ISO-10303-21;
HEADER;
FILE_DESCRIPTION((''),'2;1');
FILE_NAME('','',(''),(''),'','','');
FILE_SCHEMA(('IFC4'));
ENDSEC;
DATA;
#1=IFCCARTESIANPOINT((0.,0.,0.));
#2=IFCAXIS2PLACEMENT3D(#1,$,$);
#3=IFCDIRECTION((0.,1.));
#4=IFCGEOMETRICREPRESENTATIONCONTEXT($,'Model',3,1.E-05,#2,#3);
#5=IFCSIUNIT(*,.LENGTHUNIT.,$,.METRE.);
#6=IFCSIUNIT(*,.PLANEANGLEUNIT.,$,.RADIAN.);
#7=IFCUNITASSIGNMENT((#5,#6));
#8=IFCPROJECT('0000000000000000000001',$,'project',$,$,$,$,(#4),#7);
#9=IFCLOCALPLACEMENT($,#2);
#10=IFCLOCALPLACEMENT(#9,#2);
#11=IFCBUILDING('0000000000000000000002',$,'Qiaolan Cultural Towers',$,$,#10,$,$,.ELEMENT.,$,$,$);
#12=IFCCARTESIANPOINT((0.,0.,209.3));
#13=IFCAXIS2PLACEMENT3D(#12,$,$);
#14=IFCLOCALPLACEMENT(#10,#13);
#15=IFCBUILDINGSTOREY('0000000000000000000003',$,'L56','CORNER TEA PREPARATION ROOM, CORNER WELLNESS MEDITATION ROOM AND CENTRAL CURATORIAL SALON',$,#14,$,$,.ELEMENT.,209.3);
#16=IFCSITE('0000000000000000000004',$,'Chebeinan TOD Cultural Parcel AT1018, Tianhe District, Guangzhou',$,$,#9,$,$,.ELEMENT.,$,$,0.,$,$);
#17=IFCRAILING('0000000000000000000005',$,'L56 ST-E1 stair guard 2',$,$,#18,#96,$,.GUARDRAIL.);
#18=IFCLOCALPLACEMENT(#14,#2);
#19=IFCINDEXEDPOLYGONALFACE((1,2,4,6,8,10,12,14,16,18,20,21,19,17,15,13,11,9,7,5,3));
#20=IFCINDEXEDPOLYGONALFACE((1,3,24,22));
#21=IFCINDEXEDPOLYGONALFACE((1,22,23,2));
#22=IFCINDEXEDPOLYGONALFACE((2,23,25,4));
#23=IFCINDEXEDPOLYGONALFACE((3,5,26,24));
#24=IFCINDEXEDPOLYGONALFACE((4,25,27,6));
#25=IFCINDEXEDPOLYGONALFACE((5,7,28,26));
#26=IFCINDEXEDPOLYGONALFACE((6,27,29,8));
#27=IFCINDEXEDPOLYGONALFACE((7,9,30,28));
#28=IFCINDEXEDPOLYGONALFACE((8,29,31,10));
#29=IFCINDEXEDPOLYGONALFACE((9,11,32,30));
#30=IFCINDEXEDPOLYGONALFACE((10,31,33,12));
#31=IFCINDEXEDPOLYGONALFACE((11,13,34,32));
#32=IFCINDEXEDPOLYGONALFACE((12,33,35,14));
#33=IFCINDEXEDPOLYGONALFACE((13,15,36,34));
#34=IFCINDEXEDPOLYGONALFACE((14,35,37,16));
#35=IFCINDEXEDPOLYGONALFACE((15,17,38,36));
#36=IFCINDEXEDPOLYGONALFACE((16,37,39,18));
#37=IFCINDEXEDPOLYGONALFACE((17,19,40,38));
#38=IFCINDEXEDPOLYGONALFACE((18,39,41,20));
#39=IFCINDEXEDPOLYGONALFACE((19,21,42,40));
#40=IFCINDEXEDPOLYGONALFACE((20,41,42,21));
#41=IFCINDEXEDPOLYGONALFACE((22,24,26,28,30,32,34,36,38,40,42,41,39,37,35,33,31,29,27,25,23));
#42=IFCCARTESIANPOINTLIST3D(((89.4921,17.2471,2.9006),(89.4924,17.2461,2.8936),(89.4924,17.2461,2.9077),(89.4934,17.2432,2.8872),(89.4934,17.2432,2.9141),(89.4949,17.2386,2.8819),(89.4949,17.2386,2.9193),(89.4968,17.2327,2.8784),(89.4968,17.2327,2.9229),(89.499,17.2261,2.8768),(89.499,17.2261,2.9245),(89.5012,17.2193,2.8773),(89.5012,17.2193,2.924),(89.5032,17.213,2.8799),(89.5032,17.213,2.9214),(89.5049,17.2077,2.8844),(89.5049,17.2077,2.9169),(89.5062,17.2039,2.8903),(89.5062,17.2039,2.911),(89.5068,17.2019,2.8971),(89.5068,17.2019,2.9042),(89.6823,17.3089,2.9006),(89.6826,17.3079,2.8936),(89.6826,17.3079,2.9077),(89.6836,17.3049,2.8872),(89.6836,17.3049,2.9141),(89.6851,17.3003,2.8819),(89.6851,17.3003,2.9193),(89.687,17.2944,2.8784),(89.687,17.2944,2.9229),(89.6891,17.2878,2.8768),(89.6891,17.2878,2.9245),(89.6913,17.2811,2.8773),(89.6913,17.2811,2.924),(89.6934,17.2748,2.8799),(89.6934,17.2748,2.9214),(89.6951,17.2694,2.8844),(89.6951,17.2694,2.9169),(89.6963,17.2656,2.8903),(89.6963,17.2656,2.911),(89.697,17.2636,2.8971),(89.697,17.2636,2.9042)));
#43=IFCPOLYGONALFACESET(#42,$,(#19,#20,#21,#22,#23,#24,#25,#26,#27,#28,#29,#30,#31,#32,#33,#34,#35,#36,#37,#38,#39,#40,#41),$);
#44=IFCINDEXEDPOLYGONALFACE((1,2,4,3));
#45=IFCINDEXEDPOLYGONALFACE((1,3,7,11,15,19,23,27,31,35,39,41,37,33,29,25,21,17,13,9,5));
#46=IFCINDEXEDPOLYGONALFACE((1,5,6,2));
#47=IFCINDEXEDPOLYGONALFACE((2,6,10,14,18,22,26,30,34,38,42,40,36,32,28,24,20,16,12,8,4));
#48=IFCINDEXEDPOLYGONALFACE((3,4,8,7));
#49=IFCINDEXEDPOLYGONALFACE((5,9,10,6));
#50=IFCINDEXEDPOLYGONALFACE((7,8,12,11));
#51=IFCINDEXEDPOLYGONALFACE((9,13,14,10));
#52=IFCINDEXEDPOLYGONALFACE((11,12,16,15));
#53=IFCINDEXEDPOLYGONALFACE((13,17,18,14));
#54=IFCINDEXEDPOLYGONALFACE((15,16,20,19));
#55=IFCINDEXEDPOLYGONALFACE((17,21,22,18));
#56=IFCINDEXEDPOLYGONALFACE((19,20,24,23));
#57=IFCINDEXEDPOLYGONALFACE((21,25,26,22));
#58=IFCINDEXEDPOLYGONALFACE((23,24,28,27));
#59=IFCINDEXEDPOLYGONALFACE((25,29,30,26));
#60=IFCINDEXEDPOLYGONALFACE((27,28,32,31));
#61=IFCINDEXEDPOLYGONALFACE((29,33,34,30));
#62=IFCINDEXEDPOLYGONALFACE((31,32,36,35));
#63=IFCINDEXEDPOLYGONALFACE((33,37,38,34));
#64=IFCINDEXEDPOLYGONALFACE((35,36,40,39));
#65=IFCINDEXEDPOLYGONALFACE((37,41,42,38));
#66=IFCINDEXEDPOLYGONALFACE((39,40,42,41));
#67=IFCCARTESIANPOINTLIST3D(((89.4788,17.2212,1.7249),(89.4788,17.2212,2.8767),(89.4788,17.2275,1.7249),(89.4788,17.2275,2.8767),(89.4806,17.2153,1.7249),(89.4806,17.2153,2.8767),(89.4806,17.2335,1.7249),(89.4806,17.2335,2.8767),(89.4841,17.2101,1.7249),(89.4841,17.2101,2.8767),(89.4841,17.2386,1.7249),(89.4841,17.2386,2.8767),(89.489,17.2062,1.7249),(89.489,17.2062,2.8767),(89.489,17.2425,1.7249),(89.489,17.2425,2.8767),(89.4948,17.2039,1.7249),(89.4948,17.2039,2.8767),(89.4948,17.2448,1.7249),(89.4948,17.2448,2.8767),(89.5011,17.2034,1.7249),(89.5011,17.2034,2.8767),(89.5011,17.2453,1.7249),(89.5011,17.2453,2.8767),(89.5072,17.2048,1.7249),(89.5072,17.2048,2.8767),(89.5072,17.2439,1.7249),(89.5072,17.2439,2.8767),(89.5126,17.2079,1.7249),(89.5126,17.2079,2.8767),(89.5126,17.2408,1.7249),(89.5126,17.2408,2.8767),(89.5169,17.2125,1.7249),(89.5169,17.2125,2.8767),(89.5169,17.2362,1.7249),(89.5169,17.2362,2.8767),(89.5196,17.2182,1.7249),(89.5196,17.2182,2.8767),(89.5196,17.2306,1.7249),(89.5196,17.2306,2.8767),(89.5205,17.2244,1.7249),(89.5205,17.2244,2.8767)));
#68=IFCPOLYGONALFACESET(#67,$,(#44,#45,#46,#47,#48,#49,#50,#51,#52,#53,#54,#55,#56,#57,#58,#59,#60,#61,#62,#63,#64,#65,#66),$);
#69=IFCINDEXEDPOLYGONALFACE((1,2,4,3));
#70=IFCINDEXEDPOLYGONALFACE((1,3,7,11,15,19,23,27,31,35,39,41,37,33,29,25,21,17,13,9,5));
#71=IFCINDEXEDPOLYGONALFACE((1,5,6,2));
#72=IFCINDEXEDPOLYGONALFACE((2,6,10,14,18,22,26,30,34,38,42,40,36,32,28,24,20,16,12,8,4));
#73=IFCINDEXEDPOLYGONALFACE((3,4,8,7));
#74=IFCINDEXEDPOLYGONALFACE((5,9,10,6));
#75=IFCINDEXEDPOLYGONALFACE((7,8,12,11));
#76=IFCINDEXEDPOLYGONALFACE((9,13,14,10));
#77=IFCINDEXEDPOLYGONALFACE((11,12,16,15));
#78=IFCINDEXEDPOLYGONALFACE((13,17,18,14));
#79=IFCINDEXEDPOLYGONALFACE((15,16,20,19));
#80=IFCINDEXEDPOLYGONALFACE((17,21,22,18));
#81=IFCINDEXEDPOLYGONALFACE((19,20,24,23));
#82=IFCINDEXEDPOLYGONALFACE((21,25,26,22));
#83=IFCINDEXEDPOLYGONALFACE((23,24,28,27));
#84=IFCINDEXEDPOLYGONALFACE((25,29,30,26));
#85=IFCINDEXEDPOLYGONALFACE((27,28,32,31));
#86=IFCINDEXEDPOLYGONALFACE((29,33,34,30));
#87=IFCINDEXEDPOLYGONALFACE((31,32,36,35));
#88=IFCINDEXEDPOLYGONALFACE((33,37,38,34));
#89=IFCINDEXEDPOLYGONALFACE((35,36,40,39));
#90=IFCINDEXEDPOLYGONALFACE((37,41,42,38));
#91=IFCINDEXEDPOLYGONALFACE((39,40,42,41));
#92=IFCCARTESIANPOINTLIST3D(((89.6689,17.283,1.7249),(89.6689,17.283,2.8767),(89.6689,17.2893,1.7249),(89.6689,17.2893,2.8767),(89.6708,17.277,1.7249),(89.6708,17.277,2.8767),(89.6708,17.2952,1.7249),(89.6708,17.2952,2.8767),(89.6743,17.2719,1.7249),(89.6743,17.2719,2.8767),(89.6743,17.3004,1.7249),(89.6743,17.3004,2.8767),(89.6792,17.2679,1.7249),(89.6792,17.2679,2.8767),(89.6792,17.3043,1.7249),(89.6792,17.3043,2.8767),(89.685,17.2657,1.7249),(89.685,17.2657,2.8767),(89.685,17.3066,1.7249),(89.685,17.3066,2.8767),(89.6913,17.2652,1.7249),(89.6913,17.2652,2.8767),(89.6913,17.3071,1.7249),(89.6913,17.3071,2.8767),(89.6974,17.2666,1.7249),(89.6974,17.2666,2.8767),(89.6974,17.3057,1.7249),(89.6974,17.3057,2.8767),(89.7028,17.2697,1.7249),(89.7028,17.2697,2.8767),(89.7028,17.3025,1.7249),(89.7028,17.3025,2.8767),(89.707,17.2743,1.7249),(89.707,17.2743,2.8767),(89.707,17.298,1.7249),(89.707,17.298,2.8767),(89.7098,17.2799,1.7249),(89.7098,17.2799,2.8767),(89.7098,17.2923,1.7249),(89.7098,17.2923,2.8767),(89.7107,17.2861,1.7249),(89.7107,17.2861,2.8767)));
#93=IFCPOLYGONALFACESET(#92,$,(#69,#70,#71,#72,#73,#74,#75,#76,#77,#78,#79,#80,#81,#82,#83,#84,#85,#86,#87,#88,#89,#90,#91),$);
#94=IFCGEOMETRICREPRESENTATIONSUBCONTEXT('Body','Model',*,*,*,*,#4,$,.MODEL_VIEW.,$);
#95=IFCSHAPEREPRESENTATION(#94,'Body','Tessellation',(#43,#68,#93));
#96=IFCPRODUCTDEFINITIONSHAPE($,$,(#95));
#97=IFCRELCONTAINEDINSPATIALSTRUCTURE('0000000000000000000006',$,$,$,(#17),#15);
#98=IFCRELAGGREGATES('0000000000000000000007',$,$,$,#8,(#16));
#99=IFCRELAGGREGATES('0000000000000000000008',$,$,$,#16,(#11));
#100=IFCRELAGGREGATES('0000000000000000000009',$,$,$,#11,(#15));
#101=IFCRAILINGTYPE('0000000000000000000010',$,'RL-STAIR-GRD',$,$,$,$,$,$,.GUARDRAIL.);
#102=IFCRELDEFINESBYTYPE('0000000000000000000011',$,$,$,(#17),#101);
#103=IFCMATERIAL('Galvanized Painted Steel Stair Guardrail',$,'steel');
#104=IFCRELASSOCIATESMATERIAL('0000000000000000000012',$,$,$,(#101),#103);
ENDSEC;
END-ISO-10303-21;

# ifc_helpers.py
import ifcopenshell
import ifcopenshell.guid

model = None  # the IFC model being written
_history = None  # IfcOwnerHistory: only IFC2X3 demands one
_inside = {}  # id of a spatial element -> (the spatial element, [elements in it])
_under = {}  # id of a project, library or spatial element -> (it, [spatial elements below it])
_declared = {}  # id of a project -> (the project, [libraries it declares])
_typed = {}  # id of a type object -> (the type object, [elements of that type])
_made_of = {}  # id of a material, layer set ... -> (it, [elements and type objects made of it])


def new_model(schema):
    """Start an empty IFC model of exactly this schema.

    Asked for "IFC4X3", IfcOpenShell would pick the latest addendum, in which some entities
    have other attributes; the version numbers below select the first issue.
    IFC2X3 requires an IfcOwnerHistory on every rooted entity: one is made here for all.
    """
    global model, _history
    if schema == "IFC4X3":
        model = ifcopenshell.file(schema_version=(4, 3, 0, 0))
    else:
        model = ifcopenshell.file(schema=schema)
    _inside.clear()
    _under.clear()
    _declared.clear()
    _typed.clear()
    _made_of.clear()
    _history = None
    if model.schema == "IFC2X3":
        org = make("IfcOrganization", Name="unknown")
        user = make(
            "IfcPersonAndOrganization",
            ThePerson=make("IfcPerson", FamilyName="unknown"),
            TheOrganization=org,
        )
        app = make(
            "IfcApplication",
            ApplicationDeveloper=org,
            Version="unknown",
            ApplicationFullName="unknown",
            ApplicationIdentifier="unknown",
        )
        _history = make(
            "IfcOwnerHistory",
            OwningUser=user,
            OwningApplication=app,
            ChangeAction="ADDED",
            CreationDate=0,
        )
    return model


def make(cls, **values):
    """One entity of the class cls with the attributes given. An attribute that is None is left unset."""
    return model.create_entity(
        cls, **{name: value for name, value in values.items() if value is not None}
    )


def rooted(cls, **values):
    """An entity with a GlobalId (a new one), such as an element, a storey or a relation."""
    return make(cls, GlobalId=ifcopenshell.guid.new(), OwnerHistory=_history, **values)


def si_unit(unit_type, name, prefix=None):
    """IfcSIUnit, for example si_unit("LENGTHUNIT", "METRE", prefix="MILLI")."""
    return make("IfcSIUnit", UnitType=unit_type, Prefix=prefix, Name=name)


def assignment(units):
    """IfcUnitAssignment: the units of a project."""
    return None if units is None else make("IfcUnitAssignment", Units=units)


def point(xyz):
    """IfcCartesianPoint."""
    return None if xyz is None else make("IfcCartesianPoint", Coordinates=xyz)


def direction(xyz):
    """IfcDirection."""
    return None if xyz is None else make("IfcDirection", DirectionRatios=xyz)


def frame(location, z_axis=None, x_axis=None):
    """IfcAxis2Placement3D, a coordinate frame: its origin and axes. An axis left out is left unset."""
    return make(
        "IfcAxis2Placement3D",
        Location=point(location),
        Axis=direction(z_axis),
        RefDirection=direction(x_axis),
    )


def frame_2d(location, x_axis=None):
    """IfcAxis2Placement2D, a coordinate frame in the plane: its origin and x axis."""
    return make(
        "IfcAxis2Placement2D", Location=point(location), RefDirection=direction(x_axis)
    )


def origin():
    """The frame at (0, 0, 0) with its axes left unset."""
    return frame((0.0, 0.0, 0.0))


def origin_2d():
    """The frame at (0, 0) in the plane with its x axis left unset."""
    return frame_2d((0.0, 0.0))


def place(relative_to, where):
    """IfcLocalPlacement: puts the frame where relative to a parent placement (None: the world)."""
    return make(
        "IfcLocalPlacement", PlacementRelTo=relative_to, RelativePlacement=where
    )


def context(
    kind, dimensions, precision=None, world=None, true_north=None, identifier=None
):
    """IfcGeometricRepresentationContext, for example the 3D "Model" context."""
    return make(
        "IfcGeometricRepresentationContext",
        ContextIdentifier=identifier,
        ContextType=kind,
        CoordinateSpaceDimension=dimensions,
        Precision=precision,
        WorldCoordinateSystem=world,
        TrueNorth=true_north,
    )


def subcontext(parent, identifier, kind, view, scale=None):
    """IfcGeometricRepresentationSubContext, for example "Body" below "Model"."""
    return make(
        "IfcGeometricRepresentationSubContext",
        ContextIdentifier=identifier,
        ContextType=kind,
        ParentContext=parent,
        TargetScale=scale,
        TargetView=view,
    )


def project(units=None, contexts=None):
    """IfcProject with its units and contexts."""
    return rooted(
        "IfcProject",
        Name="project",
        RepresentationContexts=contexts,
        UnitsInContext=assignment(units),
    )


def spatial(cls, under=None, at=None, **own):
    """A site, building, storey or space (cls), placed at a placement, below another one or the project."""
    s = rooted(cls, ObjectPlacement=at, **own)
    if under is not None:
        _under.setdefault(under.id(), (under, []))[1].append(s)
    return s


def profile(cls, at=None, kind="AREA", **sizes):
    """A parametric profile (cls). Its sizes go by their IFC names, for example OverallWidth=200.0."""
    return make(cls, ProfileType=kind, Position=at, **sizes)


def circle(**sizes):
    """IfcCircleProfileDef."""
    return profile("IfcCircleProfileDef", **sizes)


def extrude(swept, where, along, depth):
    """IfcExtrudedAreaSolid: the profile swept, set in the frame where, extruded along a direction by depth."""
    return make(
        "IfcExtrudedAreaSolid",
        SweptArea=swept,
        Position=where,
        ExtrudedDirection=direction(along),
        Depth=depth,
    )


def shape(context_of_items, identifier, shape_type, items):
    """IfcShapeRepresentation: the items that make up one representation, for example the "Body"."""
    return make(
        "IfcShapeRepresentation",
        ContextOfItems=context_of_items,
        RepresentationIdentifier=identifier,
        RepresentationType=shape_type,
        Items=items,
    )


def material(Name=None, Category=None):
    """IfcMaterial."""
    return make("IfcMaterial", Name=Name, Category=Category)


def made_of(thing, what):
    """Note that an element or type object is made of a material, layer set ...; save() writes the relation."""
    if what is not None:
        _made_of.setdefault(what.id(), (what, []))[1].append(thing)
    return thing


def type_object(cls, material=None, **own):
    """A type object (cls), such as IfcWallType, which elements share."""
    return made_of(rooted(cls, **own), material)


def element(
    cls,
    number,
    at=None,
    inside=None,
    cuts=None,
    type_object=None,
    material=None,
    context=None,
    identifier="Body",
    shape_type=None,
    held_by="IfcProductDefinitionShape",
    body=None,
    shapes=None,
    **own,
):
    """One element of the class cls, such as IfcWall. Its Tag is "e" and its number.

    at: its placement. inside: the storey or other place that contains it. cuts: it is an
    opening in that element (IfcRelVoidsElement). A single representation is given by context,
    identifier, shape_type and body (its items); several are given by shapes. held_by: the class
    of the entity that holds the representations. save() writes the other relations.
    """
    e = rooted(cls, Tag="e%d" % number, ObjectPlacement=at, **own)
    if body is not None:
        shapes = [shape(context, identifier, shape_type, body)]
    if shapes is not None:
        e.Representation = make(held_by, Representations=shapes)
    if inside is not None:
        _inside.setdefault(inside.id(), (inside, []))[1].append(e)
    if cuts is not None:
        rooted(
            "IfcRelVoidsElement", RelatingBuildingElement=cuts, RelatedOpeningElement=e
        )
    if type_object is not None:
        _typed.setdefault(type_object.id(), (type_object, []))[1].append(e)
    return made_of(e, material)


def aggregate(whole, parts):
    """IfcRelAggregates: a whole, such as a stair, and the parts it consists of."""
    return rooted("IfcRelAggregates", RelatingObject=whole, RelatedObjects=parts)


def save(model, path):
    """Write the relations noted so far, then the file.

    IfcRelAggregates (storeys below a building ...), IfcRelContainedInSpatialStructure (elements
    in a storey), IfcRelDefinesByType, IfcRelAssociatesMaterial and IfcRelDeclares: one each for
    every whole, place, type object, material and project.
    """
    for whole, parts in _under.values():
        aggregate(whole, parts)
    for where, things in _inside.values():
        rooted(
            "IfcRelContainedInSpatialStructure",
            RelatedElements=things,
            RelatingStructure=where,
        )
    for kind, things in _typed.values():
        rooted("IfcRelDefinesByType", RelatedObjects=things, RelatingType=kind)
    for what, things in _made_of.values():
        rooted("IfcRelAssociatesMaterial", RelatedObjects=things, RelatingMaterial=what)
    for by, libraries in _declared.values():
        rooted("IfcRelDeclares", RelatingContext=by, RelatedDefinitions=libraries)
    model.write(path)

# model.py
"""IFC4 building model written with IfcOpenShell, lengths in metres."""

from ifc_helpers import new_model, si_unit, direction, frame, origin, origin_2d, place, context, subcontext, project, spatial, circle, extrude, material, type_object, element, save


model = new_model("IFC4")

# Units and contexts
model_context = context("Model", 3, precision=1e-05, world=origin(), true_north=direction((0.0, 1.0)))
body_context = subcontext(model_context, "Body", "Model", "MODEL_VIEW")
ifc_project = project(units=[si_unit("LENGTHUNIT", "METRE"), si_unit("PLANEANGLEUNIT", "RADIAN")], contexts=[model_context])

# Site, building, storey
site_placement = place(None, origin())
site = spatial("IfcSite", under=ifc_project, at=site_placement, Name="Chebeinan TOD Cultural Parcel AT1018, Tianhe District, Guangzhou", CompositionType="ELEMENT", RefElevation=0.0)
building_placement = place(site_placement, origin())
building = spatial("IfcBuilding", under=site, at=building_placement, Name="Qiaolan Cultural Towers", CompositionType="ELEMENT")
storey_placement = place(building_placement, frame((0.0, 0.0, 209.3)))
storey = spatial("IfcBuildingStorey", under=building, at=storey_placement, Name="L56", Description="CORNER TEA PREPARATION ROOM, CORNER WELLNESS MEDITATION ROOM AND CENTRAL CURATORIAL SALON", CompositionType="ELEMENT", Elevation=209.3)

# Railing
ifc_material_1 = material(Name="Galvanized Painted Steel Stair Guardrail", Category="steel")
railing_type_1 = type_object("IfcRailingType", Name="RL-STAIR-GRD", PredefinedType="GUARDRAIL", material=ifc_material_1)
railing_1_placement = place(storey_placement, frame((89.4995, 17.2244, 1.7249)))
element("IfcRailing", 1, at=railing_1_placement, inside=storey, type_object=railing_type_1, Name="L56 ST-E1 stair guard 2", PredefinedType="GUARDRAIL", context=body_context, shape_type="SweptSolid", body=[
    extrude(circle(Radius=0.0239, at=origin_2d()), frame((0.0, 0.0, 1.1758), z_axis=(0.951097, 0.308893, 0.0), x_axis=(-0.308893, 0.951097, 0.0)), (0.0, 0.0, 1.0), 0.2),
    extrude(circle(Radius=0.021, at=origin_2d()), origin(), (0.0, 0.0, 1.0), 1.1519),
    extrude(circle(Radius=0.021, at=origin_2d()), frame((0.1902, 0.0618, 0.0)), (0.0, 0.0, 1.0), 1.1519),
])

save(model, "model.ifc")
